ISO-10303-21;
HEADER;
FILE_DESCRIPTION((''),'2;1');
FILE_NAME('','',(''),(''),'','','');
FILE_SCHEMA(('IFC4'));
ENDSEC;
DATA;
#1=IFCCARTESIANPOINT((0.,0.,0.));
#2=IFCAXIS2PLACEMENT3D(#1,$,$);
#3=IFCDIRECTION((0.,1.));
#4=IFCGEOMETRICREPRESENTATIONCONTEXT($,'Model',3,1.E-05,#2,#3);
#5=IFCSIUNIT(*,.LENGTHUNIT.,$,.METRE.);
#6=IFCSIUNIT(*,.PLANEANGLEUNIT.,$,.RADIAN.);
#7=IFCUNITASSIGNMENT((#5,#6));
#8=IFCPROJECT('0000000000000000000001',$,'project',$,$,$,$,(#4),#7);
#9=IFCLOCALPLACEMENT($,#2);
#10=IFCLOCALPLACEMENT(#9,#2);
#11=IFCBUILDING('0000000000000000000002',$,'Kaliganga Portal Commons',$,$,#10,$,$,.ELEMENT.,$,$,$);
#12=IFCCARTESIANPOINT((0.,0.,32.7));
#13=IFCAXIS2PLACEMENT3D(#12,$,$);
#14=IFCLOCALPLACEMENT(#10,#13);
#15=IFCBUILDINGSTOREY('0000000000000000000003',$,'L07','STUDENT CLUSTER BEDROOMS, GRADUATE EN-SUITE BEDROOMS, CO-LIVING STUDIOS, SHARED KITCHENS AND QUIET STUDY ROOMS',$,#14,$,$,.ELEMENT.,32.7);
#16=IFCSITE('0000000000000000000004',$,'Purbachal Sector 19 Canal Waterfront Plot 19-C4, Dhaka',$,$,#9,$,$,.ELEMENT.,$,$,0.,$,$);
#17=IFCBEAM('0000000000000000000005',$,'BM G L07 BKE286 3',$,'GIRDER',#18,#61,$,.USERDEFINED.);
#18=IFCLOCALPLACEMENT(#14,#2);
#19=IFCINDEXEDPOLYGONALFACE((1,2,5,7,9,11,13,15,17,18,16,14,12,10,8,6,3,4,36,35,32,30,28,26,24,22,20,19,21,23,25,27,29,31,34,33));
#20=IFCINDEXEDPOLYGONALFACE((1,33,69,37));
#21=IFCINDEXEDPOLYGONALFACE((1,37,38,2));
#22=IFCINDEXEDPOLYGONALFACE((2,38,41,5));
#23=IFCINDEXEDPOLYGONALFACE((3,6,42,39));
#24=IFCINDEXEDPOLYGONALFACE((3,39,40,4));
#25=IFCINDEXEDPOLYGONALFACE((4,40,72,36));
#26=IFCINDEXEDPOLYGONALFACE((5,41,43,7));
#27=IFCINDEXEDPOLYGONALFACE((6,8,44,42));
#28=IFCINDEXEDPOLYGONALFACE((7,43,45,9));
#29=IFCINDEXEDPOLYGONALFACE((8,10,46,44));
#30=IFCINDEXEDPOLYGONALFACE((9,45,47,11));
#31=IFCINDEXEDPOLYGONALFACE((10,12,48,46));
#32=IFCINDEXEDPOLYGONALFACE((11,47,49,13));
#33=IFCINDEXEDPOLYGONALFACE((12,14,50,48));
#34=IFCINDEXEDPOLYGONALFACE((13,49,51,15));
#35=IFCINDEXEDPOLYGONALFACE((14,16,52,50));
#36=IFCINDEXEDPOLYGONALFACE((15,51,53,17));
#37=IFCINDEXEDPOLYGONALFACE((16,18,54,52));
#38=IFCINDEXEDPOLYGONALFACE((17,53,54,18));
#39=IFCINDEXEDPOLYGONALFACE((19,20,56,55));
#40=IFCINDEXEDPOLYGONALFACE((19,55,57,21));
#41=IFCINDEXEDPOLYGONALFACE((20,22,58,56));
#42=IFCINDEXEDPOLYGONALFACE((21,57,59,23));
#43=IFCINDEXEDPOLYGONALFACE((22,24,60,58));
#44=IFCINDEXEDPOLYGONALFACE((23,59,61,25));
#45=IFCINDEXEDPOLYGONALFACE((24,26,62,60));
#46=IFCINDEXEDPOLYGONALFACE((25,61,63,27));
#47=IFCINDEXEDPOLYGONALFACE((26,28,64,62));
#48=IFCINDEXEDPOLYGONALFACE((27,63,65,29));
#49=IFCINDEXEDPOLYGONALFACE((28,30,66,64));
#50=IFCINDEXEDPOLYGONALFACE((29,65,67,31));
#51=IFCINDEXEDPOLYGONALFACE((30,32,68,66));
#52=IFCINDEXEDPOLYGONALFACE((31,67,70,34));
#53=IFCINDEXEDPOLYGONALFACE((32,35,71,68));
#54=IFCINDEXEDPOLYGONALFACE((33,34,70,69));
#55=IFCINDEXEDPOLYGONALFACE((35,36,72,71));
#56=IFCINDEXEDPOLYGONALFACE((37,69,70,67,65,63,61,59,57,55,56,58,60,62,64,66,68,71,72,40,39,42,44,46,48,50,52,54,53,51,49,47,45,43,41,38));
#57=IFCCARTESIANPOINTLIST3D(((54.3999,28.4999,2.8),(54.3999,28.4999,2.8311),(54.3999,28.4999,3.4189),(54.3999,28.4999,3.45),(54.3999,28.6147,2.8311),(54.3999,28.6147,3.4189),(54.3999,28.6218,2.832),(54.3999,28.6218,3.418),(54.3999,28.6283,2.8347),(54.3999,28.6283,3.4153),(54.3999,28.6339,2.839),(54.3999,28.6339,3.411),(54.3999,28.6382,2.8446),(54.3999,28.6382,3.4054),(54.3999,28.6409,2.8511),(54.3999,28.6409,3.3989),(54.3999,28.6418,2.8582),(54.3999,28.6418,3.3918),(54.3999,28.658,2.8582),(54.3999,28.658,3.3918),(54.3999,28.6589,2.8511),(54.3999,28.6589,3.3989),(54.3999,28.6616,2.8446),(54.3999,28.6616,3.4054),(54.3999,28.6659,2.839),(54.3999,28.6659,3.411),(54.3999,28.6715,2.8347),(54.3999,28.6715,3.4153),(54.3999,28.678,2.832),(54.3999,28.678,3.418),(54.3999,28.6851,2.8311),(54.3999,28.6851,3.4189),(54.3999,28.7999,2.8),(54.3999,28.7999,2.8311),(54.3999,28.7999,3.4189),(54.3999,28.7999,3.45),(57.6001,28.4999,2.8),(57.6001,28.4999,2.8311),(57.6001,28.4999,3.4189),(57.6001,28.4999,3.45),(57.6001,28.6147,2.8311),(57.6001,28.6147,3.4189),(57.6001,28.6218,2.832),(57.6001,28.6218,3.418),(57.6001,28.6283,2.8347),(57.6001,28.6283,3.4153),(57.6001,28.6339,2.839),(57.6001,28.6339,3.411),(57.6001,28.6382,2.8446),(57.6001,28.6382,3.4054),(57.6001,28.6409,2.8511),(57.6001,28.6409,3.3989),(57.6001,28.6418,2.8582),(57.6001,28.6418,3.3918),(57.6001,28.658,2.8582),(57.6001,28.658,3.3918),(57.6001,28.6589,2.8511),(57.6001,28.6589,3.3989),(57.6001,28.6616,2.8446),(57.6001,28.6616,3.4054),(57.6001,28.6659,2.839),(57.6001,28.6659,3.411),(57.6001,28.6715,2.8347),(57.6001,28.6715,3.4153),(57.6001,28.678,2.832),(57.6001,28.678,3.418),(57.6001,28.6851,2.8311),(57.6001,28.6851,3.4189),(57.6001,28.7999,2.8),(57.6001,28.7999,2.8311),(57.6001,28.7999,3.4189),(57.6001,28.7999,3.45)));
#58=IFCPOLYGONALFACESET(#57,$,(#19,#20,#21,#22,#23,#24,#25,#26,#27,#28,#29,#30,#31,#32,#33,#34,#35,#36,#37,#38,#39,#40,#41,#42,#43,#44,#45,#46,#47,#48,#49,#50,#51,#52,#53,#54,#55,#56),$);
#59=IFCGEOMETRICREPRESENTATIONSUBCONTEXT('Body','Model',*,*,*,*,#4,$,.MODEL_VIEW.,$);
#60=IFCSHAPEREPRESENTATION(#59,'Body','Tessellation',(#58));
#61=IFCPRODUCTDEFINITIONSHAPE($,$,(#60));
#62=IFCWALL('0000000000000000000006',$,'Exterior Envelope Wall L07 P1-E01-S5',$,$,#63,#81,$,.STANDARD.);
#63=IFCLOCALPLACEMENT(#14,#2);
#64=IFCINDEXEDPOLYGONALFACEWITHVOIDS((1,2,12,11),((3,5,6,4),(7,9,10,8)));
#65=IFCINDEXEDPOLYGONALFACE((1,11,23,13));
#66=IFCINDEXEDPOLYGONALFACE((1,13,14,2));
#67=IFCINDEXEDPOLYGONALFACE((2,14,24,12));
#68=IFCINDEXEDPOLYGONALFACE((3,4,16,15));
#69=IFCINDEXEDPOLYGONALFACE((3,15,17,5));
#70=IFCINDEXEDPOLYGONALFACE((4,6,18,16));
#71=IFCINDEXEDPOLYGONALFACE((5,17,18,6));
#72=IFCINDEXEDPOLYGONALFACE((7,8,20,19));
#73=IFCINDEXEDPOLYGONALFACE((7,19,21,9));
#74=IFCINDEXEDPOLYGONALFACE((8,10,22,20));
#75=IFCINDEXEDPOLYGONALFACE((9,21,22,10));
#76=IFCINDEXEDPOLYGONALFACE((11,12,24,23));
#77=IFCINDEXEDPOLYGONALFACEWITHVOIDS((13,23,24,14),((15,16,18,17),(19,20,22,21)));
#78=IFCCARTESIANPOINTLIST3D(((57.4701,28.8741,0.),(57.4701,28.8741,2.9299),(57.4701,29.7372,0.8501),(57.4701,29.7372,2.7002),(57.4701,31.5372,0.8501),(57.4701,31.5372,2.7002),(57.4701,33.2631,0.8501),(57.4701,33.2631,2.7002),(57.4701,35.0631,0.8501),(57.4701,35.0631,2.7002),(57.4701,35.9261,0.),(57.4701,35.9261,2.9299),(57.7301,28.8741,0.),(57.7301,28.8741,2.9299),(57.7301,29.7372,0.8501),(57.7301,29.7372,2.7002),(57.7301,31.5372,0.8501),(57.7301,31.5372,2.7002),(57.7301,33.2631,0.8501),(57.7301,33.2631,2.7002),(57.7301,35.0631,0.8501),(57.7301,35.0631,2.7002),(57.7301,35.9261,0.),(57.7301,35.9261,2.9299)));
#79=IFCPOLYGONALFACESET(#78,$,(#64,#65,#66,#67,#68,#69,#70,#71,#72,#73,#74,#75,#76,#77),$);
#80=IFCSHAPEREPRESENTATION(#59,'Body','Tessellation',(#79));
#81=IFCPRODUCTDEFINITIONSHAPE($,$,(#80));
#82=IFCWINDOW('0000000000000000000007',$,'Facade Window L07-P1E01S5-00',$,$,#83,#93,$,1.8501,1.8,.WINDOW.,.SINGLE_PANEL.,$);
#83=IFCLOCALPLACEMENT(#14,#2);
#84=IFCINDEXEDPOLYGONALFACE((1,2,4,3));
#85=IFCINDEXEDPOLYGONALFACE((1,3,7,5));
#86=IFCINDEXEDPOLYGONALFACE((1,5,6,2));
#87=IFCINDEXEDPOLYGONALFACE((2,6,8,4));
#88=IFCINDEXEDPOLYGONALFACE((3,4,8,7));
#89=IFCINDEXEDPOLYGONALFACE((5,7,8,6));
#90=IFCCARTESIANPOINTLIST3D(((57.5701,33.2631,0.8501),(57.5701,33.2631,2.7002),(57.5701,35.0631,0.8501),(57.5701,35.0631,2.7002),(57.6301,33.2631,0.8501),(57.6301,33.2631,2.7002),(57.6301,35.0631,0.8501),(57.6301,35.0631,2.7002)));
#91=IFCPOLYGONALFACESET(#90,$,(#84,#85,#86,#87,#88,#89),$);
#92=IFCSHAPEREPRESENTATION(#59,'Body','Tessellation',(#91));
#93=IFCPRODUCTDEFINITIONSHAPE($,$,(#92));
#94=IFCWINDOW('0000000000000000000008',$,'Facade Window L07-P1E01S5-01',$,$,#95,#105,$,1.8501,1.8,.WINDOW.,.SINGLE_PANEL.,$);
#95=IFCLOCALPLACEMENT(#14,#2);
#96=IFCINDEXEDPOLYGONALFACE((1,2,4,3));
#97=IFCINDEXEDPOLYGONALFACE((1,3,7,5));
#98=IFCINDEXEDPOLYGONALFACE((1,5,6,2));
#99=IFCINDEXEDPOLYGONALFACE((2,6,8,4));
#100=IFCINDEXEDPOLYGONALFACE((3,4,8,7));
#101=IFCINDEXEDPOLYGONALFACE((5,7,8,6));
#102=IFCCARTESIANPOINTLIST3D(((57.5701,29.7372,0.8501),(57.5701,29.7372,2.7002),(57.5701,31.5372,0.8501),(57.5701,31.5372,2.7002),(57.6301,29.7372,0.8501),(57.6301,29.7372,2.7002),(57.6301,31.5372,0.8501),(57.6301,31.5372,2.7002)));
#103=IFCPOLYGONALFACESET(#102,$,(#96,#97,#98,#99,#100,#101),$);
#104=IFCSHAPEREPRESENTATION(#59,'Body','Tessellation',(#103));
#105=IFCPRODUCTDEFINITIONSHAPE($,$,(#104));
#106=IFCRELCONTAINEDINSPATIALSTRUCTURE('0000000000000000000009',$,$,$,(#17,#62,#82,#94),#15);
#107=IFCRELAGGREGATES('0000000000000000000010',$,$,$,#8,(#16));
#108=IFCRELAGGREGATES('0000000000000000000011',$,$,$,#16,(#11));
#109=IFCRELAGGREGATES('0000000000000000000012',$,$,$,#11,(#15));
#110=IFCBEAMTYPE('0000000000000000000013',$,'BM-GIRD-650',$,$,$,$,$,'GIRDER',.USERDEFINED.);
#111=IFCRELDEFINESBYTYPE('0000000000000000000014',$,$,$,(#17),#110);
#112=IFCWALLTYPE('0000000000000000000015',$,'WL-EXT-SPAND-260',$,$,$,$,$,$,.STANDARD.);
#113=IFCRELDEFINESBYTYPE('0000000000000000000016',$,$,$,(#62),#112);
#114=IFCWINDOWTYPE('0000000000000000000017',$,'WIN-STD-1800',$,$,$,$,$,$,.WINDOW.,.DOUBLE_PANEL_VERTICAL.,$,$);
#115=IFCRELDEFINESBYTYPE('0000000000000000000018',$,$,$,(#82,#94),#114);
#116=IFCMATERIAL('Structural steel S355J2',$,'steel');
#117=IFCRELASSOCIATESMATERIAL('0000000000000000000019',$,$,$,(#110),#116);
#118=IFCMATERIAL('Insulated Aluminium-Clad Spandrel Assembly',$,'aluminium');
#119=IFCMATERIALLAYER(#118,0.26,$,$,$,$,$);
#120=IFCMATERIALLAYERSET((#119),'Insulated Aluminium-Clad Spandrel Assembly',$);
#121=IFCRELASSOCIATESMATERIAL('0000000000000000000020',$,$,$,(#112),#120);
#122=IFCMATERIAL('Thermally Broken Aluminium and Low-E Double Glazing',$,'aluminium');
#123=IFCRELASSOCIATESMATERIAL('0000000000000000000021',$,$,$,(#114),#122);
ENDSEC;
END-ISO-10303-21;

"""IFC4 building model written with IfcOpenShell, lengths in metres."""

from ifc_helpers import new_model, si_unit, direction, frame, frame_2d, origin, origin_2d, place, context, subcontext, project, spatial, rectangle, i_section, extrude, source, transform, mapped, material, layer, layer_set, material_profile, profile_set, type_object, element, fill, save


model = new_model("IFC4")

# Units and contexts
model_context = context("Model", 3, precision=1e-05, world=origin(), true_north=direction((0.0, 1.0)))
body_context = subcontext(model_context, "Body", "Model", "MODEL_VIEW")
ifc_project = project(units=[si_unit("LENGTHUNIT", "METRE"), si_unit("PLANEANGLEUNIT", "RADIAN")], contexts=[model_context])

# Site, building, storey
site_placement = place(None, origin())
site = spatial("IfcSite", under=ifc_project, at=site_placement, Name="Purbachal Sector 19 Canal Waterfront Plot 19-C4, Dhaka", CompositionType="ELEMENT", RefElevation=0.0)
building_placement = place(site_placement, origin())
building = spatial("IfcBuilding", under=site, at=building_placement, Name="Kaliganga Portal Commons", CompositionType="ELEMENT")
storey_placement = place(building_placement, frame((0.0, 0.0, 32.7)))
storey = spatial("IfcBuildingStorey", under=building, at=storey_placement, Name="L07", Description="STUDENT CLUSTER BEDROOMS, GRADUATE EN-SUITE BEDROOMS, CO-LIVING STUDIOS, SHARED KITCHENS AND QUIET STUDY ROOMS", CompositionType="ELEMENT", Elevation=32.7)

# Beam
ifc_material_1 = material(Name="Structural steel S355J2", Category="steel")
ifc_material_profile_1 = material_profile(ifc_material_1, i_section(OverallWidth=0.3, OverallDepth=0.6499, WebThickness=0.0161, FlangeThickness=0.031, FilletRadius=0.0271, at=origin_2d()), Name="HE 650 B")
ifc_profile_set_1 = profile_set([ifc_material_profile_1], Name="Structural steel S355J2 wide-flange")
beam_type_1 = type_object("IfcBeamType", Name="BM-GIRD-650", ElementType="GIRDER", PredefinedType="USERDEFINED", material=ifc_profile_set_1)
shared_shape_1 = source(origin(), body_context, "Body", "SweptSolid", [
    extrude(i_section(OverallWidth=0.3, OverallDepth=0.6499, WebThickness=0.0161, FlangeThickness=0.031, FilletRadius=0.0271, at=origin_2d()), origin(), (0.0, 0.0, 1.0), 3.2002),
])
beam_1_placement = place(storey_placement, frame((54.3999, 28.6499, 3.125), z_axis=(1.0, 0.0, 0.0), x_axis=(0.0, 1.0, 0.0)))
element("IfcBeam", 1, at=beam_1_placement, inside=storey, type_object=beam_type_1, Name="BM G L07 BKE286 3", ObjectType="GIRDER", PredefinedType="USERDEFINED", context=body_context, shape_type="MappedRepresentation", body=[
    mapped(shared_shape_1, transform((0.0, 0.0, 0.0), x_axis=(1.0, 0.0, 0.0), y_axis=(0.0, 1.0, 0.0), z_axis=(0.0, 0.0, 1.0), scale=1.0)),
])

# Wall, openings, windows
ifc_material_2 = material(Name="Insulated Aluminium-Clad Spandrel Assembly", Category="aluminium")
ifc_layer = layer(ifc_material_2, 0.26)
ifc_layer_set = layer_set([ifc_layer], Name="Insulated Aluminium-Clad Spandrel Assembly")
wall_type = type_object("IfcWallType", Name="WL-EXT-SPAND-260", PredefinedType="STANDARD", material=ifc_layer_set)
wall_placement = place(storey_placement, frame((57.6001, 35.926, 0.0), z_axis=(0.0, 0.0, 1.0), x_axis=(0.0, -1.0, 0.0)))
wall = element("IfcWall", 2, at=wall_placement, inside=storey, type_object=wall_type, Name="Exterior Envelope Wall L07 P1-E01-S5", PredefinedType="STANDARD", context=body_context, shape_type="SweptSolid", body=[
    extrude(rectangle(XDim=7.052, YDim=0.26, at=frame_2d((3.5259, 0.0))), origin(), (0.0, 0.0, 1.0), 2.9299),
])
opening_1_placement = place(wall_placement, frame((0.863, 0.0, 0.8501)))
opening_1 = element("IfcOpeningElement", 3, at=opening_1_placement, cuts=wall, PredefinedType="OPENING", context=body_context, shape_type="SweptSolid", body=[
    extrude(rectangle(XDim=1.8, YDim=1.8501, at=frame_2d((0.8999, 0.925))), frame((0.0, 0.1401, 0.0), z_axis=(0.0, -1.0, 0.0), x_axis=(1.0, 0.0, 0.0)), (0.0, 0.0, 1.0), 0.28),
])
opening_2_placement = place(wall_placement, frame((4.3889, 0.0, 0.8501)))
opening_2 = element("IfcOpeningElement", 4, at=opening_2_placement, cuts=wall, PredefinedType="OPENING", context=body_context, shape_type="SweptSolid", body=[
    extrude(rectangle(XDim=1.8, YDim=1.8501, at=frame_2d((0.8999, 0.925))), frame((0.0, 0.1401, 0.0), z_axis=(0.0, -1.0, 0.0), x_axis=(1.0, 0.0, 0.0)), (0.0, 0.0, 1.0), 0.28),
])
ifc_material_3 = material(Name="Thermally Broken Aluminium and Low-E Double Glazing", Category="aluminium")
window_type = type_object("IfcWindowType", Name="WIN-STD-1800", PartitioningType="DOUBLE_PANEL_VERTICAL", PredefinedType="WINDOW", material=ifc_material_3)
window_1_placement = place(opening_1_placement, origin())
window_1 = element("IfcWindow", 5, at=window_1_placement, inside=storey, type_object=window_type, Name="Facade Window L07-P1E01S5-00", OverallHeight=1.8501, OverallWidth=1.8, PartitioningType="SINGLE_PANEL", PredefinedType="WINDOW", context=body_context, shape_type="SweptSolid", body=[
    extrude(rectangle(XDim=1.8, YDim=1.8501, at=frame_2d((0.8999, 0.925))), frame((0.0, 0.03, 0.0), z_axis=(0.0, -1.0, 0.0), x_axis=(1.0, 0.0, 0.0)), (0.0, 0.0, 1.0), 0.0601),
])
fill(opening_1, window_1)
window_2_placement = place(opening_2_placement, origin())
window_2 = element("IfcWindow", 6, at=window_2_placement, inside=storey, type_object=window_type, Name="Facade Window L07-P1E01S5-01", OverallHeight=1.8501, OverallWidth=1.8, PartitioningType="SINGLE_PANEL", PredefinedType="WINDOW", context=body_context, shape_type="SweptSolid", body=[
    extrude(rectangle(XDim=1.8, YDim=1.8501, at=frame_2d((0.8999, 0.925))), frame((0.0, 0.03, 0.0), z_axis=(0.0, -1.0, 0.0), x_axis=(1.0, 0.0, 0.0)), (0.0, 0.0, 1.0), 0.0601),
])
fill(opening_2, window_2)

save(model, "model.ifc")
